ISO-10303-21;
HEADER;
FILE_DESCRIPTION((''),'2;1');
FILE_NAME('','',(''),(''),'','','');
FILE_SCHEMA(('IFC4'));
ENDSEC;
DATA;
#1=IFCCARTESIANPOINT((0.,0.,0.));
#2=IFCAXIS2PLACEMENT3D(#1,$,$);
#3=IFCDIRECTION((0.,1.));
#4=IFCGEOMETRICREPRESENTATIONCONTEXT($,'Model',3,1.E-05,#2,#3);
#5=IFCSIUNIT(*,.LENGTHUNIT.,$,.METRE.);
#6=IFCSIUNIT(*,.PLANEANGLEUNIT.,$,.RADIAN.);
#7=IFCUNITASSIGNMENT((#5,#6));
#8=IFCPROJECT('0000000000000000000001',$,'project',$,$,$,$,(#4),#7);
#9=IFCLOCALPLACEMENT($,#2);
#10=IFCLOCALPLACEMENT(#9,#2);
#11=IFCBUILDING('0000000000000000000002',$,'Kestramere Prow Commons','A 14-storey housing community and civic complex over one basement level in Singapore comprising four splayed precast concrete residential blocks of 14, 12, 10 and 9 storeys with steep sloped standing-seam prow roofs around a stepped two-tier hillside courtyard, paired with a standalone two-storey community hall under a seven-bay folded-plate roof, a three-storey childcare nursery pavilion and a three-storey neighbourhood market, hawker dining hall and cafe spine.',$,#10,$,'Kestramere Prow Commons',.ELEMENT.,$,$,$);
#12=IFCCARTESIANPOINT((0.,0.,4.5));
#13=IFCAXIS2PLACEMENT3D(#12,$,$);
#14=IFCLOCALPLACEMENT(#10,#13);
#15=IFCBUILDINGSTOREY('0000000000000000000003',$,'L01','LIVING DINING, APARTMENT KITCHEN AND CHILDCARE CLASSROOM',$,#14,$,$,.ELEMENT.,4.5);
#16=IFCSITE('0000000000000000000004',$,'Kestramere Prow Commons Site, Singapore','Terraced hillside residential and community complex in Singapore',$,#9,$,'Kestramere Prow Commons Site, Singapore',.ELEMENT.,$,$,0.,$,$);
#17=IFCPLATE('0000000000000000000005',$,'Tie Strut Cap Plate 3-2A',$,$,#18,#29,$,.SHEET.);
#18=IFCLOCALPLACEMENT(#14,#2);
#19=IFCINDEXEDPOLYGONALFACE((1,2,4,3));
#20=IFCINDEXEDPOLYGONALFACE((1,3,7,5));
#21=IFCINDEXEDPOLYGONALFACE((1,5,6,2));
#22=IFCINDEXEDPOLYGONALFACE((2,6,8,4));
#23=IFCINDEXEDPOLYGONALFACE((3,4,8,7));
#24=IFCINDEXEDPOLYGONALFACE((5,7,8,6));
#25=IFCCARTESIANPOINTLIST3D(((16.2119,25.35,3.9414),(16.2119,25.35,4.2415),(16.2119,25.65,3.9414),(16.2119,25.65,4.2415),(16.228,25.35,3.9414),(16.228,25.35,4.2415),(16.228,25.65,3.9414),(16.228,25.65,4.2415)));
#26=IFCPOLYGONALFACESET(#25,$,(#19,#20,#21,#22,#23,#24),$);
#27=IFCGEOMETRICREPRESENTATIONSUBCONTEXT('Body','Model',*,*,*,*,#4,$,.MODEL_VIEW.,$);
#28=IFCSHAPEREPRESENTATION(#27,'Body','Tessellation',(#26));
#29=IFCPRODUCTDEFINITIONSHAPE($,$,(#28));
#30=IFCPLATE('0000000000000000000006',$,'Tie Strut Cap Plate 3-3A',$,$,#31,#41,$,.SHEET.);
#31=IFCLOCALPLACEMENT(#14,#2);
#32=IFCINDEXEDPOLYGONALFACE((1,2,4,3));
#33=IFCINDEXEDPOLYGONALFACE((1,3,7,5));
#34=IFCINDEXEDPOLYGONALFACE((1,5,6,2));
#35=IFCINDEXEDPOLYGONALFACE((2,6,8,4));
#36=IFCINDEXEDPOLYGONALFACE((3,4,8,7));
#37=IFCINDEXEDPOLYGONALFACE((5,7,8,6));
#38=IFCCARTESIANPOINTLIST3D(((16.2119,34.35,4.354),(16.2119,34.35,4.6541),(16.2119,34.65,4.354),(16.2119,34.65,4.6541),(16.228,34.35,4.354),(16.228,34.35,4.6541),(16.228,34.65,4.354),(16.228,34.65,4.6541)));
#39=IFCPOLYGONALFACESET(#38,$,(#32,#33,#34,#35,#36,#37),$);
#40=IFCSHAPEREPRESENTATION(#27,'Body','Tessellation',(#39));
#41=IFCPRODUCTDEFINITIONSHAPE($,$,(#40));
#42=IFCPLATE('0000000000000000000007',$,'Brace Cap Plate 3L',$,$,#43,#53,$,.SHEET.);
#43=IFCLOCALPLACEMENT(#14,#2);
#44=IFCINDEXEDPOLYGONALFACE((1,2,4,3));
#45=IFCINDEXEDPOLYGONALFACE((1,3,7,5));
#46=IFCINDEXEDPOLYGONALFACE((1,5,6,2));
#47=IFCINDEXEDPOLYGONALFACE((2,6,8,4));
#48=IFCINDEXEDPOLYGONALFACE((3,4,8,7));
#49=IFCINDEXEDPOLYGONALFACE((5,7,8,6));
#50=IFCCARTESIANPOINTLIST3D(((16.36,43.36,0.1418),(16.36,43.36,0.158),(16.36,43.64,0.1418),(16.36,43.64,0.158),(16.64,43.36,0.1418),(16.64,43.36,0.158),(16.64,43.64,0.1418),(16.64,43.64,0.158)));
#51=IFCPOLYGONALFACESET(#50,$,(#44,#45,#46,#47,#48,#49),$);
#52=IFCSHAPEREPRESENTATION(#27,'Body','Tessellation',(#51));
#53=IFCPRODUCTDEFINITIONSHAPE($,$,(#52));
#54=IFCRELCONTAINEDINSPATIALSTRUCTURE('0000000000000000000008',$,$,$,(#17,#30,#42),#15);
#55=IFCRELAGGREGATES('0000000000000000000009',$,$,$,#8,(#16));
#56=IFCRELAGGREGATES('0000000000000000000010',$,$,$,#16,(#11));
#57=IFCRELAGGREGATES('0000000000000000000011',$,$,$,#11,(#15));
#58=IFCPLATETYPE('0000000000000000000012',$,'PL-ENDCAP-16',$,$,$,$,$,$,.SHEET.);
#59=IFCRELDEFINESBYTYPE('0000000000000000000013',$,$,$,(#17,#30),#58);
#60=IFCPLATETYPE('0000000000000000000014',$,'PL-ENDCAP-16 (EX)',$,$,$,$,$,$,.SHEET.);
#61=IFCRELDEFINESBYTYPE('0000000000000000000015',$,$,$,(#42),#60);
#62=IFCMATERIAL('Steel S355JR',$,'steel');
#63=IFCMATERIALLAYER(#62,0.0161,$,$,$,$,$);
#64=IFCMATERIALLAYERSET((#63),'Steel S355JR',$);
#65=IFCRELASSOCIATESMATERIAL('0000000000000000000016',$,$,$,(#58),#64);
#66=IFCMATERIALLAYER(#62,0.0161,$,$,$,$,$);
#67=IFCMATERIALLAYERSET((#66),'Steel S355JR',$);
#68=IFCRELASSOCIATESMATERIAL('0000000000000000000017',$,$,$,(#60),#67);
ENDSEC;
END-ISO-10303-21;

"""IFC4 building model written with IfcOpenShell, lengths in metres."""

from ifc_helpers import new_model, si_unit, direction, frame, origin, origin_2d, place, context, subcontext, project, spatial, rectangle, extrude, material, layer, layer_set, type_object, element, save


model = new_model("IFC4")

# Units and contexts
model_context = context("Model", 3, precision=1e-05, world=origin(), true_north=direction((0.0, 1.0)))
body_context = subcontext(model_context, "Body", "Model", "MODEL_VIEW")
ifc_project = project(units=[si_unit("LENGTHUNIT", "METRE"), si_unit("PLANEANGLEUNIT", "RADIAN")], contexts=[model_context])

# Site, building, storey
site_placement = place(None, origin())
site = spatial("IfcSite", under=ifc_project, at=site_placement, Name="Kestramere Prow Commons Site, Singapore", Description="Terraced hillside residential and community complex in Singapore", LongName="Kestramere Prow Commons Site, Singapore", CompositionType="ELEMENT", RefElevation=0.0)
building_placement = place(site_placement, origin())
building = spatial("IfcBuilding", under=site, at=building_placement, Name="Kestramere Prow Commons", Description="A 14-storey housing community and civic complex over one basement level in Singapore comprising four splayed precast concrete residential blocks of 14, 12, 10 and 9 storeys with steep sloped standing-seam prow roofs around a stepped two-tier hillside courtyard, paired with a standalone two-storey community hall under a seven-bay folded-plate roof, a three-storey childcare nursery pavilion and a three-storey neighbourhood market, hawker dining hall and cafe spine.", LongName="Kestramere Prow Commons", CompositionType="ELEMENT")
storey_placement = place(building_placement, frame((0.0, 0.0, 4.5)))
storey = spatial("IfcBuildingStorey", under=building, at=storey_placement, Name="L01", Description="LIVING DINING, APARTMENT KITCHEN AND CHILDCARE CLASSROOM", CompositionType="ELEMENT", Elevation=4.5)

# Shared definitions
ifc_material_1 = material(Name="Steel S355JR", Category="steel")

# Plates
ifc_layer_1 = layer(ifc_material_1, 0.0161)
ifc_layer_set_1 = layer_set([ifc_layer_1], Name="Steel S355JR")
plate_type_1 = type_object("IfcPlateType", Name="PL-ENDCAP-16", PredefinedType="SHEET", material=ifc_layer_set_1)
for number, where, z_axis, x_axis, name in (
    (1, (16.22, 25.5, 3.9414), (0.0, 0.0, 1.0), (1.0, 0.0, 0.0), "Tie Strut Cap Plate 3-2A"),
    (2, (16.22, 34.5, 4.354), (0.0, 0.0, 1.0), (1.0, 0.0, 0.0), "Tie Strut Cap Plate 3-3A"),
):
    element("IfcPlate", number, at=place(storey_placement, frame(where, z_axis=z_axis, x_axis=x_axis)), inside=storey, type_object=plate_type_1, Name=name, PredefinedType="SHEET", context=body_context, shape_type="SweptSolid", body=[
        extrude(rectangle(XDim=0.0161, YDim=0.3, at=origin_2d()), origin(), (0.0, 0.0, 1.0), 0.3),
    ])
ifc_layer_2 = layer(ifc_material_1, 0.0161)
ifc_layer_set_2 = layer_set([ifc_layer_2], Name="Steel S355JR")
plate_type_2 = type_object("IfcPlateType", Name="PL-ENDCAP-16 (EX)", PredefinedType="SHEET", material=ifc_layer_set_2)
plate_1_placement = place(storey_placement, frame((16.5, 43.5, 0.1418), z_axis=(0.0, 0.0, 1.0), x_axis=(1.0, 0.0, 0.0)))
element("IfcPlate", 3, at=plate_1_placement, inside=storey, type_object=plate_type_2, Name="Brace Cap Plate 3L", PredefinedType="SHEET", context=body_context, shape_type="SweptSolid", body=[
    extrude(rectangle(XDim=0.28, YDim=0.28, at=origin_2d()), origin(), (0.0, 0.0, 1.0), 0.0161),
])

save(model, "model.ifc")
